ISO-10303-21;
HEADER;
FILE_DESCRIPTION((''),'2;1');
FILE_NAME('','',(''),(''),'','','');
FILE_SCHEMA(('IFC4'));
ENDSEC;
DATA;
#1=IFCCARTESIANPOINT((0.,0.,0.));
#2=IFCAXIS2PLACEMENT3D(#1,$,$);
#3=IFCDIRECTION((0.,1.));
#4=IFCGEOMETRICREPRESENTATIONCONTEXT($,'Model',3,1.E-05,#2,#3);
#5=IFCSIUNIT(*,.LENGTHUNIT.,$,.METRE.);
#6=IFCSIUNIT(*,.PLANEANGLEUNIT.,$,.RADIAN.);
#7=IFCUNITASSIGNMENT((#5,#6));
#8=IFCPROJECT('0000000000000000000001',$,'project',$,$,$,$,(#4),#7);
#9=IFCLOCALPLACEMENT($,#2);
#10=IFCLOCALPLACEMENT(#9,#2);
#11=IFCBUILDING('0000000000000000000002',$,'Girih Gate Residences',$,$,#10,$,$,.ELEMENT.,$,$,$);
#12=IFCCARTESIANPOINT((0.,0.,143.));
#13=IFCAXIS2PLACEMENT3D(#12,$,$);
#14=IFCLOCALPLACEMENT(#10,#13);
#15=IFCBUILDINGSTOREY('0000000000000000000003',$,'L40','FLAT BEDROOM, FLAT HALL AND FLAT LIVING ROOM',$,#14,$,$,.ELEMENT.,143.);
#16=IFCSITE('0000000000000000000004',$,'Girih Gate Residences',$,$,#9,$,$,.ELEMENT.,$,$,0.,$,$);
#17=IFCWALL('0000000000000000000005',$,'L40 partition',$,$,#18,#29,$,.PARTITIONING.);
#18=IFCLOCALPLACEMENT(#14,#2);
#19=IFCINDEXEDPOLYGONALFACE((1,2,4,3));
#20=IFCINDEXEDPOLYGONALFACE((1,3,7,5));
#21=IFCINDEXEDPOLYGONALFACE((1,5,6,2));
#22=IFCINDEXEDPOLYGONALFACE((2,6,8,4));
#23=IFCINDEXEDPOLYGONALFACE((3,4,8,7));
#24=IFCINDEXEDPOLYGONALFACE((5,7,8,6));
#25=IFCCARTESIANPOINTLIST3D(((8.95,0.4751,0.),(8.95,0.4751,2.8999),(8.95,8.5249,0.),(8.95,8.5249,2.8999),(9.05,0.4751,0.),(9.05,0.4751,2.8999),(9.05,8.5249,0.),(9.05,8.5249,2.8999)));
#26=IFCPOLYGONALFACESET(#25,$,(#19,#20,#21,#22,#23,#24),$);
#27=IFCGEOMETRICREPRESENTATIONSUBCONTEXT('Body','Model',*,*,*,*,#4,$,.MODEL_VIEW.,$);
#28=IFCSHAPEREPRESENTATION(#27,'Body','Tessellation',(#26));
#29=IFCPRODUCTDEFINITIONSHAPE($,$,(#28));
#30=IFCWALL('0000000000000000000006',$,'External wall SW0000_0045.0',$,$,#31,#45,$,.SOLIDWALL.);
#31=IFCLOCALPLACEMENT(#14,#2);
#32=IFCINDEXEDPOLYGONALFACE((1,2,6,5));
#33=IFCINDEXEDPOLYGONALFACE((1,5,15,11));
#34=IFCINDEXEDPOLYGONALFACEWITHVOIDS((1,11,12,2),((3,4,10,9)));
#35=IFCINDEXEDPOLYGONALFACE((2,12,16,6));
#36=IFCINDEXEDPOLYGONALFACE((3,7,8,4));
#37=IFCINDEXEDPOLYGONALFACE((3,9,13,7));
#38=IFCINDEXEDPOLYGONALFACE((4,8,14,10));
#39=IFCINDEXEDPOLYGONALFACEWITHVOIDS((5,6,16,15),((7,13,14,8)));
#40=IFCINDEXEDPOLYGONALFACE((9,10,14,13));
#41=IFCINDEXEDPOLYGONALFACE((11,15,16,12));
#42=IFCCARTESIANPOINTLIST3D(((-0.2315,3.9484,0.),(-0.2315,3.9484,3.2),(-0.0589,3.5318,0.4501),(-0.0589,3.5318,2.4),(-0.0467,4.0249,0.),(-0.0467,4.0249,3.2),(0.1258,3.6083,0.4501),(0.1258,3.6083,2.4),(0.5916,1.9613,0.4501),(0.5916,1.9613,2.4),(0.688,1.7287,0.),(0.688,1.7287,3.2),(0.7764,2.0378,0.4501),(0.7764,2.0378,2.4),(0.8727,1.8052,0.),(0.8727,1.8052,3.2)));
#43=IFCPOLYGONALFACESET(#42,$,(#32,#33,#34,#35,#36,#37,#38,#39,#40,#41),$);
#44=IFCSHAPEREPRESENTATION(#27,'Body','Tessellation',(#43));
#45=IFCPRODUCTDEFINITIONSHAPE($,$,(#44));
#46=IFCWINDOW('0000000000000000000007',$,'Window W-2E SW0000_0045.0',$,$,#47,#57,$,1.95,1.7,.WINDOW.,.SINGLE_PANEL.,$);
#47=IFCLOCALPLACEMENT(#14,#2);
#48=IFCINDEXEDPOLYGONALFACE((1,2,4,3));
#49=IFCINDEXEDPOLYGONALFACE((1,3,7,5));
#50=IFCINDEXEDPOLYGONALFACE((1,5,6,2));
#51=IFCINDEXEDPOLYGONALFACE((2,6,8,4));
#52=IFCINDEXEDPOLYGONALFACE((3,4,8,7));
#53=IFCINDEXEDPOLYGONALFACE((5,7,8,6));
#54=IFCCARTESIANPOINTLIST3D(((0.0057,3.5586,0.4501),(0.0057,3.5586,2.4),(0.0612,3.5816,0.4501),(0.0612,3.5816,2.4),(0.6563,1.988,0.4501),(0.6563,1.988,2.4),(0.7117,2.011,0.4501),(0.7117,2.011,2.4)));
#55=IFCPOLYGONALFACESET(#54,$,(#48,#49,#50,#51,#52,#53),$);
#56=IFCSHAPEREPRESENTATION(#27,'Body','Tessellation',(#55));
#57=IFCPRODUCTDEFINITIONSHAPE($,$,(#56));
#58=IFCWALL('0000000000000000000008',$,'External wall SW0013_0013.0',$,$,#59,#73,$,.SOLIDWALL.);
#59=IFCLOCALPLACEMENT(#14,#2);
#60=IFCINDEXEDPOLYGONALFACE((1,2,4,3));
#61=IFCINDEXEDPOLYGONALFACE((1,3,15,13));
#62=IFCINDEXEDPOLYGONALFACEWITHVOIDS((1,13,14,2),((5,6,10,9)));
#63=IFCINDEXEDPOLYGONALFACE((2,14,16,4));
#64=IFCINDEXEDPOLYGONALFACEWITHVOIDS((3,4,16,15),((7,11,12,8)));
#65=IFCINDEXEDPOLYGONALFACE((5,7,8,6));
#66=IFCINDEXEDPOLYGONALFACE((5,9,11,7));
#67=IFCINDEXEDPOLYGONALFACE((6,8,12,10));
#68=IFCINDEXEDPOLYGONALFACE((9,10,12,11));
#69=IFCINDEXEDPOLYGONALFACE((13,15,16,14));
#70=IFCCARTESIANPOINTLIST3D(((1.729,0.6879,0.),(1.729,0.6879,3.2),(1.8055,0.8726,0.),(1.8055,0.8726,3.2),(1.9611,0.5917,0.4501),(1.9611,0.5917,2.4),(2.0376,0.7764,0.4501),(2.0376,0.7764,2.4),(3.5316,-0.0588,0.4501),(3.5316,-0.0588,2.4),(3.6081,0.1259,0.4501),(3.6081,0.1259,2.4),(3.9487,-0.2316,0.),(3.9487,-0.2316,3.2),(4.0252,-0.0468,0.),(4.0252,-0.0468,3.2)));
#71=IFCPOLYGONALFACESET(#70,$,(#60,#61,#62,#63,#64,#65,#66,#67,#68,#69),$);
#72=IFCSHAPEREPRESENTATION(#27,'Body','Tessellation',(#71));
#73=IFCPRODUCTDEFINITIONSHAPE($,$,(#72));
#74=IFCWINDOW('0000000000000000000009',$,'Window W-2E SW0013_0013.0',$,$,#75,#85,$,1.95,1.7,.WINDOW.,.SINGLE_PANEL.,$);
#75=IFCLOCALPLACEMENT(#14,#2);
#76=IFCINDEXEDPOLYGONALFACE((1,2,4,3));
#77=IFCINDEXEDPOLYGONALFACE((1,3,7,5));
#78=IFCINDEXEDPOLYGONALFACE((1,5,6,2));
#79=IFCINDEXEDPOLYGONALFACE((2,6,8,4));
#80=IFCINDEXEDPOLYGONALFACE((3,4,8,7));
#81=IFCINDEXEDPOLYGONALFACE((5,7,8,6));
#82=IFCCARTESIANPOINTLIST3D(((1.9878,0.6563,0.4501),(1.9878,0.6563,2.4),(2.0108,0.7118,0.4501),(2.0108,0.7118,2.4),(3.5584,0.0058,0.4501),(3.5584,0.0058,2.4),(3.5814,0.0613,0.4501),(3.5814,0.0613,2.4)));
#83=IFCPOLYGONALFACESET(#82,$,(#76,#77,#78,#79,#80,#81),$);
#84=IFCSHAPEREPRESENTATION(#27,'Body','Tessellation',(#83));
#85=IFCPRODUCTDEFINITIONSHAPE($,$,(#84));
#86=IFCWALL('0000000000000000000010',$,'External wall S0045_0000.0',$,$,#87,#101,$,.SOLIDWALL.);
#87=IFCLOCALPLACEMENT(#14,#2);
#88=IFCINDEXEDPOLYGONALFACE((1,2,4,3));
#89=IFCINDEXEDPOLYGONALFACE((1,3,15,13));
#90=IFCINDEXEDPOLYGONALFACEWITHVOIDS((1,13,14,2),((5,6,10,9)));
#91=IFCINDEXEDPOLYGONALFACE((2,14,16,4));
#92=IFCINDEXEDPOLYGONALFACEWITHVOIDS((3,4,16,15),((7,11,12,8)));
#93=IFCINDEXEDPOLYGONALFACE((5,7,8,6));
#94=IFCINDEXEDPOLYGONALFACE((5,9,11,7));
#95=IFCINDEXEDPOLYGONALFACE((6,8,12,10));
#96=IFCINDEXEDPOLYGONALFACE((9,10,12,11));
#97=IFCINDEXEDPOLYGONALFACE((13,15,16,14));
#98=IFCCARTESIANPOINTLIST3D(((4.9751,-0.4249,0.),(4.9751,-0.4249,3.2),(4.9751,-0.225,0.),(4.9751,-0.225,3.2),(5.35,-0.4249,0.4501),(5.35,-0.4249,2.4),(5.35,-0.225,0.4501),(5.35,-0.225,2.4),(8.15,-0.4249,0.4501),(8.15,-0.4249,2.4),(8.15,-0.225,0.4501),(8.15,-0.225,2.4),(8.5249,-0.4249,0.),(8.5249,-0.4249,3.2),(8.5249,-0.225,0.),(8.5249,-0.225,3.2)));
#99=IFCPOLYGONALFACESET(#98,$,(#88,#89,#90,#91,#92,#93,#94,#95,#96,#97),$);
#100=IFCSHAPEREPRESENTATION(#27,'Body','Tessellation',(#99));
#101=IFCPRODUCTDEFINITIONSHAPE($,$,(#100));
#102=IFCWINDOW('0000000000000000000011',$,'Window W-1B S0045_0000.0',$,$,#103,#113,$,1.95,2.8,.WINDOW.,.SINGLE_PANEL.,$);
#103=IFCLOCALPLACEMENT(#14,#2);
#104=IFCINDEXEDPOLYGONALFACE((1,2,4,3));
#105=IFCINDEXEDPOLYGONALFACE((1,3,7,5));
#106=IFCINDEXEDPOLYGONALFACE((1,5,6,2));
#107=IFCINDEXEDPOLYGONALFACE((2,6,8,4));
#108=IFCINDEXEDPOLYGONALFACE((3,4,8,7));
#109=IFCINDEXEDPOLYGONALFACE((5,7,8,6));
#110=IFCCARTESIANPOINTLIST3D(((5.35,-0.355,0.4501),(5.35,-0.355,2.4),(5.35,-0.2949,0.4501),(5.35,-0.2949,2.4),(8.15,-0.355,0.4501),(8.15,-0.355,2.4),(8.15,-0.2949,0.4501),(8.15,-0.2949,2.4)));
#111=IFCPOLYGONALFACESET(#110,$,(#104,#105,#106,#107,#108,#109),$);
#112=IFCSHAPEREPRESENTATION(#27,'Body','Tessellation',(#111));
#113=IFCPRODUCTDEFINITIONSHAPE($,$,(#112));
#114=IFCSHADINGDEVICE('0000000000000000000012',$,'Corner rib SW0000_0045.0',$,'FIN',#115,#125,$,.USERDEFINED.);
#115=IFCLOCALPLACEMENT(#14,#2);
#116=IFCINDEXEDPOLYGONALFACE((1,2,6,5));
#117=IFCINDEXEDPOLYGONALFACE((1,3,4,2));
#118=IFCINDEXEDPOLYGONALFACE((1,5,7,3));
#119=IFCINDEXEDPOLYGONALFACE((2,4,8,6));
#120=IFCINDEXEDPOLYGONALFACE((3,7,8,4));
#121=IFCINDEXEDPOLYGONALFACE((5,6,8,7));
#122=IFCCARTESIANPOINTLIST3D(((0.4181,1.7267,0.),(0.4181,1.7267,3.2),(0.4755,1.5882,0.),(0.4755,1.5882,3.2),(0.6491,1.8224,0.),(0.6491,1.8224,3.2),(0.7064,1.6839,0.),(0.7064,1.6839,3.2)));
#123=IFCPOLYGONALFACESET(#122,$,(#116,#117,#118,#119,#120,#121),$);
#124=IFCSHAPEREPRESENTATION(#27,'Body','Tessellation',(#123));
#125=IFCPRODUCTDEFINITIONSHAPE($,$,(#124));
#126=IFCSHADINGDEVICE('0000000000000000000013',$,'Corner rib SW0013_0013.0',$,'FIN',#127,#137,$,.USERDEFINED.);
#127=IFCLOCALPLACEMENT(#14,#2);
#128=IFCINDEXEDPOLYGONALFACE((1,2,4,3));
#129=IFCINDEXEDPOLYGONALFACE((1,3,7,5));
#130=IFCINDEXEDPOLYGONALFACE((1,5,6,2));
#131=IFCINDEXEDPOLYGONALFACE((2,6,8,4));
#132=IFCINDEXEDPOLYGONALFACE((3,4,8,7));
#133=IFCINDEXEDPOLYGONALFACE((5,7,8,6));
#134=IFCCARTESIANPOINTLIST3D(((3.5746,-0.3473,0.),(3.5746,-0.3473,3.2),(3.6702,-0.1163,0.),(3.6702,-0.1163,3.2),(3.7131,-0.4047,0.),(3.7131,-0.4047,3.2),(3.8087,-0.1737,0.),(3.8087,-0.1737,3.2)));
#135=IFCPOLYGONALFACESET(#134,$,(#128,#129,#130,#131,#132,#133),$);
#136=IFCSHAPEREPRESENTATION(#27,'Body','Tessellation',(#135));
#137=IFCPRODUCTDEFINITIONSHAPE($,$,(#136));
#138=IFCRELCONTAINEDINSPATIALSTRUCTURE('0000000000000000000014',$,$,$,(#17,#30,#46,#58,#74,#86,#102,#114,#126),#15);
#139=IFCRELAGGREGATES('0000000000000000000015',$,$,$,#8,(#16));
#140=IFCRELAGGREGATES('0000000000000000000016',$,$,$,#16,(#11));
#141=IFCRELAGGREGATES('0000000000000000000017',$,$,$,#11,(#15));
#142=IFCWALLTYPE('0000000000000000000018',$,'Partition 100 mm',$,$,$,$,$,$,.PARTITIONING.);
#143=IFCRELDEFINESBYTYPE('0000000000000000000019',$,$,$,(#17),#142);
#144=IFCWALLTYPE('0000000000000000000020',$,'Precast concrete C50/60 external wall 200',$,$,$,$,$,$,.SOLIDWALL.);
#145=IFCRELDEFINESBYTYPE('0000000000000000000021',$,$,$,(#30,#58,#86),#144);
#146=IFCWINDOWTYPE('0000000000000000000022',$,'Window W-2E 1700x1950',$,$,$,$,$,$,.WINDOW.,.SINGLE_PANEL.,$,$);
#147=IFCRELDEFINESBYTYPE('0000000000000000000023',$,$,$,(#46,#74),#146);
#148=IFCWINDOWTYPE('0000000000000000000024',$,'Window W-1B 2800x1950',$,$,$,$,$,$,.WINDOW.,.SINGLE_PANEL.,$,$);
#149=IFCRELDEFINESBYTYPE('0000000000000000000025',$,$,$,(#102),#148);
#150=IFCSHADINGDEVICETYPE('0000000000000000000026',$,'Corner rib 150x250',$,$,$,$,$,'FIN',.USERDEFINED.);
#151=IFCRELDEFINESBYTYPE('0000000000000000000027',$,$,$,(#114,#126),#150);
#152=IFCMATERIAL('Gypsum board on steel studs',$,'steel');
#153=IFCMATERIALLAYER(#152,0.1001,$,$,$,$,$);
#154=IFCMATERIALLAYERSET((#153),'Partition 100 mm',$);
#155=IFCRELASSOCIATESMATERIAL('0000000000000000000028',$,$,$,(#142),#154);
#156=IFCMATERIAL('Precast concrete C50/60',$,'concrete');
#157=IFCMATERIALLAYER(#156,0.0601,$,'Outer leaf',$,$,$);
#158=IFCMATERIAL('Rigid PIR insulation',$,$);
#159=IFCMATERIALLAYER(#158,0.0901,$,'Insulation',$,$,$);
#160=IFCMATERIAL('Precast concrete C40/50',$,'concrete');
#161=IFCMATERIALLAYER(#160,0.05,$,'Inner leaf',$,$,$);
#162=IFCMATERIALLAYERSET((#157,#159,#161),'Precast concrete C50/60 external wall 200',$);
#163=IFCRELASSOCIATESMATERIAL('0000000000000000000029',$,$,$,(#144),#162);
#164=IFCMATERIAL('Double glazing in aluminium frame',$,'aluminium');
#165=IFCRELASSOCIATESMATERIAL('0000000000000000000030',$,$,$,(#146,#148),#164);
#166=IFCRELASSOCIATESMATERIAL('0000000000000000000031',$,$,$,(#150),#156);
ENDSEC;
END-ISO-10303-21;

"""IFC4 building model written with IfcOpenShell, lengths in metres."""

from ifc_helpers import new_model, si_unit, direction, frame, frame_2d, origin, origin_2d, place, context, subcontext, project, spatial, rectangle, extrude, material, layer, layer_set, type_object, element, fill, save


model = new_model("IFC4")

# Units and contexts
model_context = context("Model", 3, precision=1e-05, world=origin(), true_north=direction((0.0, 1.0)))
body_context = subcontext(model_context, "Body", "Model", "MODEL_VIEW")
ifc_project = project(units=[si_unit("LENGTHUNIT", "METRE"), si_unit("PLANEANGLEUNIT", "RADIAN")], contexts=[model_context])

# Site, building, storey
site_placement = place(None, origin())
site = spatial("IfcSite", under=ifc_project, at=site_placement, Name="Girih Gate Residences", CompositionType="ELEMENT", RefElevation=0.0)
building_placement = place(site_placement, origin())
building = spatial("IfcBuilding", under=site, at=building_placement, Name="Girih Gate Residences", CompositionType="ELEMENT")
storey_placement = place(building_placement, frame((0.0, 0.0, 143.0)))
storey = spatial("IfcBuildingStorey", under=building, at=storey_placement, Name="L40", Description="FLAT BEDROOM, FLAT HALL AND FLAT LIVING ROOM", CompositionType="ELEMENT", Elevation=143.0)

# Wall
ifc_material_1 = material(Name="Gypsum board on steel studs", Category="steel")
ifc_layer_1 = layer(ifc_material_1, 0.1001)
ifc_layer_set_1 = layer_set([ifc_layer_1], Name="Partition 100 mm")
wall_type_1 = type_object("IfcWallType", Name="Partition 100 mm", PredefinedType="PARTITIONING", material=ifc_layer_set_1)
wall_1_placement = place(storey_placement, frame((9.0, 0.4751, 0.0), z_axis=(0.0, 0.0, 1.0), x_axis=(0.0, 1.0, 0.0)))
element("IfcWall", 1, at=wall_1_placement, inside=storey, type_object=wall_type_1, Name="L40 partition", PredefinedType="PARTITIONING", context=body_context, shape_type="SweptSolid", body=[
    extrude(rectangle(XDim=8.0498, YDim=0.1001, at=frame_2d((4.0249, 0.0))), origin(), (0.0, 0.0, 1.0), 2.8999),
])

# Walls, openings, windows
ifc_material_2 = material(Name="Precast concrete C50/60", Category="concrete")
ifc_layer_2 = layer(ifc_material_2, 0.0601, Name="Outer leaf")
ifc_material_3 = material(Name="Rigid PIR insulation")
ifc_layer_3 = layer(ifc_material_3, 0.0901, Name="Insulation")
ifc_material_4 = material(Name="Precast concrete C40/50", Category="concrete")
ifc_layer_4 = layer(ifc_material_4, 0.05, Name="Inner leaf")
ifc_layer_set_2 = layer_set([ifc_layer_2, ifc_layer_3, ifc_layer_4], Name="Precast concrete C50/60 external wall 200")
wall_type_2 = type_object("IfcWallType", Name="Precast concrete C50/60 external wall 200", PredefinedType="SOLIDWALL", material=ifc_layer_set_2)
wall_2_placement = place(storey_placement, frame((0.7803, 1.7671, 0.0), z_axis=(0.0, 0.0, 1.0), x_axis=(-0.382681, 0.923881, 0.0)))
wall_2 = element("IfcWall", 2, at=wall_2_placement, inside=storey, type_object=wall_type_2, Name="External wall SW0000_0045.0", PredefinedType="SOLIDWALL", context=body_context, shape_type="SweptSolid", body=[
    extrude(rectangle(XDim=2.4026, YDim=0.2, at=frame_2d((1.2012, 0.0))), origin(), (0.0, 0.0, 1.0), 3.2),
])
opening_1_placement = place(wall_2_placement, frame((0.2515, 0.0, 0.45)))
opening_1 = element("IfcOpeningElement", 3, at=opening_1_placement, cuts=wall_2, PredefinedType="OPENING", context=body_context, shape_type="SweptSolid", body=[
    extrude(rectangle(XDim=1.7, YDim=1.95, at=frame_2d((0.8501, 0.9751))), frame((0.0, 0.1099, 0.0), z_axis=(0.0, -1.0, 0.0), x_axis=(1.0, 0.0, 0.0)), (0.0, 0.0, 1.0), 0.22),
])
ifc_material_5 = material(Name="Double glazing in aluminium frame", Category="aluminium")
window_type_1 = type_object("IfcWindowType", Name="Window W-2E 1700x1950", PartitioningType="SINGLE_PANEL", PredefinedType="WINDOW", material=ifc_material_5)
window_1_placement = place(opening_1_placement, origin())
window_1 = element("IfcWindow", 4, at=window_1_placement, inside=storey, type_object=window_type_1, Name="Window W-2E SW0000_0045.0", OverallHeight=1.95, OverallWidth=1.7, PartitioningType="SINGLE_PANEL", PredefinedType="WINDOW", context=body_context, shape_type="SweptSolid", body=[
    extrude(rectangle(XDim=1.7, YDim=1.95, at=frame_2d((0.8501, 0.9751))), frame((0.0, 0.03, 0.0), z_axis=(0.0, -1.0, 0.0), x_axis=(1.0, 0.0, 0.0)), (0.0, 0.0, 1.0), 0.0601),
])
fill(opening_1, window_1)
wall_3_placement = place(storey_placement, frame((3.9868, -0.1392, 0.0), z_axis=(0.0, 0.0, 1.0), x_axis=(-0.923881, 0.382681, 0.0)))
wall_3 = element("IfcWall", 5, at=wall_3_placement, inside=storey, type_object=wall_type_2, Name="External wall SW0013_0013.0", PredefinedType="SOLIDWALL", context=body_context, shape_type="SweptSolid", body=[
    extrude(rectangle(XDim=2.4026, YDim=0.2, at=frame_2d((1.2012, 0.0))), origin(), (0.0, 0.0, 1.0), 3.2),
])
opening_2_placement = place(wall_3_placement, frame((0.4512, 0.0, 0.45)))
opening_2 = element("IfcOpeningElement", 6, at=opening_2_placement, cuts=wall_3, PredefinedType="OPENING", context=body_context, shape_type="SweptSolid", body=[
    extrude(rectangle(XDim=1.7, YDim=1.95, at=frame_2d((0.8501, 0.9751))), frame((0.0, 0.1099, 0.0), z_axis=(0.0, -1.0, 0.0), x_axis=(1.0, 0.0, 0.0)), (0.0, 0.0, 1.0), 0.22),
])
window_2_placement = place(opening_2_placement, origin())
window_2 = element("IfcWindow", 7, at=window_2_placement, inside=storey, type_object=window_type_1, Name="Window W-2E SW0013_0013.0", OverallHeight=1.95, OverallWidth=1.7, PartitioningType="SINGLE_PANEL", PredefinedType="WINDOW", context=body_context, shape_type="SweptSolid", body=[
    extrude(rectangle(XDim=1.7, YDim=1.95, at=frame_2d((0.8501, 0.9751))), frame((0.0, 0.03, 0.0), z_axis=(0.0, -1.0, 0.0), x_axis=(1.0, 0.0, 0.0)), (0.0, 0.0, 1.0), 0.0601),
])
fill(opening_2, window_2)
wall_4_placement = place(storey_placement, frame((8.5249, -0.325, 0.0), z_axis=(0.0, 0.0, 1.0), x_axis=(-1.0, 0.0, 0.0)))
wall_4 = element("IfcWall", 8, at=wall_4_placement, inside=storey, type_object=wall_type_2, Name="External wall S0045_0000.0", PredefinedType="SOLIDWALL", context=body_context, shape_type="SweptSolid", body=[
    extrude(rectangle(XDim=3.5498, YDim=0.2, at=frame_2d((1.7749, 0.0))), origin(), (0.0, 0.0, 1.0), 3.2),
])
opening_3_placement = place(wall_4_placement, frame((0.375, 0.0, 0.45)))
opening_3 = element("IfcOpeningElement", 9, at=opening_3_placement, cuts=wall_4, PredefinedType="OPENING", context=body_context, shape_type="SweptSolid", body=[
    extrude(rectangle(XDim=2.8, YDim=1.95, at=frame_2d((1.3999, 0.9751))), frame((0.0, 0.1099, 0.0), z_axis=(0.0, -1.0, 0.0), x_axis=(1.0, 0.0, 0.0)), (0.0, 0.0, 1.0), 0.22),
])
window_type_2 = type_object("IfcWindowType", Name="Window W-1B 2800x1950", PartitioningType="SINGLE_PANEL", PredefinedType="WINDOW", material=ifc_material_5)
window_3_placement = place(opening_3_placement, origin())
window_3 = element("IfcWindow", 10, at=window_3_placement, inside=storey, type_object=window_type_2, Name="Window W-1B S0045_0000.0", OverallHeight=1.95, OverallWidth=2.8, PartitioningType="SINGLE_PANEL", PredefinedType="WINDOW", context=body_context, shape_type="SweptSolid", body=[
    extrude(rectangle(XDim=2.8, YDim=1.95, at=frame_2d((1.3999, 0.9751))), frame((0.0, 0.03, 0.0), z_axis=(0.0, -1.0, 0.0), x_axis=(1.0, 0.0, 0.0)), (0.0, 0.0, 1.0), 0.0601),
])
fill(opening_3, window_3)

# Shading devices
shading_device_type = type_object("IfcShadingDeviceType", Name="Corner rib 150x250", ElementType="FIN", PredefinedType="USERDEFINED", material=ifc_material_2)
for number, where, z_axis, x_axis, name in (
    (11, (0.5623, 1.7053, 0.0), (0.0, 0.0, 1.0), (0.382683, -0.92388, 0.0), "Corner rib SW0000_0045.0"),
    (12, (3.6917, -0.2605, 0.0), (0.0, 0.0, 1.0), (0.92388, -0.382683, 0.0), "Corner rib SW0013_0013.0"),
):
    element("IfcShadingDevice", number, at=place(storey_placement, frame(where, z_axis=z_axis, x_axis=x_axis)), inside=storey, type_object=shading_device_type, Name=name, ObjectType="FIN", PredefinedType="USERDEFINED", context=body_context, shape_type="SweptSolid", body=[
        extrude(rectangle(XDim=0.1499, YDim=0.25, at=origin_2d()), origin(), (0.0, 0.0, 1.0), 3.2),
    ])

save(model, "model.ifc")
